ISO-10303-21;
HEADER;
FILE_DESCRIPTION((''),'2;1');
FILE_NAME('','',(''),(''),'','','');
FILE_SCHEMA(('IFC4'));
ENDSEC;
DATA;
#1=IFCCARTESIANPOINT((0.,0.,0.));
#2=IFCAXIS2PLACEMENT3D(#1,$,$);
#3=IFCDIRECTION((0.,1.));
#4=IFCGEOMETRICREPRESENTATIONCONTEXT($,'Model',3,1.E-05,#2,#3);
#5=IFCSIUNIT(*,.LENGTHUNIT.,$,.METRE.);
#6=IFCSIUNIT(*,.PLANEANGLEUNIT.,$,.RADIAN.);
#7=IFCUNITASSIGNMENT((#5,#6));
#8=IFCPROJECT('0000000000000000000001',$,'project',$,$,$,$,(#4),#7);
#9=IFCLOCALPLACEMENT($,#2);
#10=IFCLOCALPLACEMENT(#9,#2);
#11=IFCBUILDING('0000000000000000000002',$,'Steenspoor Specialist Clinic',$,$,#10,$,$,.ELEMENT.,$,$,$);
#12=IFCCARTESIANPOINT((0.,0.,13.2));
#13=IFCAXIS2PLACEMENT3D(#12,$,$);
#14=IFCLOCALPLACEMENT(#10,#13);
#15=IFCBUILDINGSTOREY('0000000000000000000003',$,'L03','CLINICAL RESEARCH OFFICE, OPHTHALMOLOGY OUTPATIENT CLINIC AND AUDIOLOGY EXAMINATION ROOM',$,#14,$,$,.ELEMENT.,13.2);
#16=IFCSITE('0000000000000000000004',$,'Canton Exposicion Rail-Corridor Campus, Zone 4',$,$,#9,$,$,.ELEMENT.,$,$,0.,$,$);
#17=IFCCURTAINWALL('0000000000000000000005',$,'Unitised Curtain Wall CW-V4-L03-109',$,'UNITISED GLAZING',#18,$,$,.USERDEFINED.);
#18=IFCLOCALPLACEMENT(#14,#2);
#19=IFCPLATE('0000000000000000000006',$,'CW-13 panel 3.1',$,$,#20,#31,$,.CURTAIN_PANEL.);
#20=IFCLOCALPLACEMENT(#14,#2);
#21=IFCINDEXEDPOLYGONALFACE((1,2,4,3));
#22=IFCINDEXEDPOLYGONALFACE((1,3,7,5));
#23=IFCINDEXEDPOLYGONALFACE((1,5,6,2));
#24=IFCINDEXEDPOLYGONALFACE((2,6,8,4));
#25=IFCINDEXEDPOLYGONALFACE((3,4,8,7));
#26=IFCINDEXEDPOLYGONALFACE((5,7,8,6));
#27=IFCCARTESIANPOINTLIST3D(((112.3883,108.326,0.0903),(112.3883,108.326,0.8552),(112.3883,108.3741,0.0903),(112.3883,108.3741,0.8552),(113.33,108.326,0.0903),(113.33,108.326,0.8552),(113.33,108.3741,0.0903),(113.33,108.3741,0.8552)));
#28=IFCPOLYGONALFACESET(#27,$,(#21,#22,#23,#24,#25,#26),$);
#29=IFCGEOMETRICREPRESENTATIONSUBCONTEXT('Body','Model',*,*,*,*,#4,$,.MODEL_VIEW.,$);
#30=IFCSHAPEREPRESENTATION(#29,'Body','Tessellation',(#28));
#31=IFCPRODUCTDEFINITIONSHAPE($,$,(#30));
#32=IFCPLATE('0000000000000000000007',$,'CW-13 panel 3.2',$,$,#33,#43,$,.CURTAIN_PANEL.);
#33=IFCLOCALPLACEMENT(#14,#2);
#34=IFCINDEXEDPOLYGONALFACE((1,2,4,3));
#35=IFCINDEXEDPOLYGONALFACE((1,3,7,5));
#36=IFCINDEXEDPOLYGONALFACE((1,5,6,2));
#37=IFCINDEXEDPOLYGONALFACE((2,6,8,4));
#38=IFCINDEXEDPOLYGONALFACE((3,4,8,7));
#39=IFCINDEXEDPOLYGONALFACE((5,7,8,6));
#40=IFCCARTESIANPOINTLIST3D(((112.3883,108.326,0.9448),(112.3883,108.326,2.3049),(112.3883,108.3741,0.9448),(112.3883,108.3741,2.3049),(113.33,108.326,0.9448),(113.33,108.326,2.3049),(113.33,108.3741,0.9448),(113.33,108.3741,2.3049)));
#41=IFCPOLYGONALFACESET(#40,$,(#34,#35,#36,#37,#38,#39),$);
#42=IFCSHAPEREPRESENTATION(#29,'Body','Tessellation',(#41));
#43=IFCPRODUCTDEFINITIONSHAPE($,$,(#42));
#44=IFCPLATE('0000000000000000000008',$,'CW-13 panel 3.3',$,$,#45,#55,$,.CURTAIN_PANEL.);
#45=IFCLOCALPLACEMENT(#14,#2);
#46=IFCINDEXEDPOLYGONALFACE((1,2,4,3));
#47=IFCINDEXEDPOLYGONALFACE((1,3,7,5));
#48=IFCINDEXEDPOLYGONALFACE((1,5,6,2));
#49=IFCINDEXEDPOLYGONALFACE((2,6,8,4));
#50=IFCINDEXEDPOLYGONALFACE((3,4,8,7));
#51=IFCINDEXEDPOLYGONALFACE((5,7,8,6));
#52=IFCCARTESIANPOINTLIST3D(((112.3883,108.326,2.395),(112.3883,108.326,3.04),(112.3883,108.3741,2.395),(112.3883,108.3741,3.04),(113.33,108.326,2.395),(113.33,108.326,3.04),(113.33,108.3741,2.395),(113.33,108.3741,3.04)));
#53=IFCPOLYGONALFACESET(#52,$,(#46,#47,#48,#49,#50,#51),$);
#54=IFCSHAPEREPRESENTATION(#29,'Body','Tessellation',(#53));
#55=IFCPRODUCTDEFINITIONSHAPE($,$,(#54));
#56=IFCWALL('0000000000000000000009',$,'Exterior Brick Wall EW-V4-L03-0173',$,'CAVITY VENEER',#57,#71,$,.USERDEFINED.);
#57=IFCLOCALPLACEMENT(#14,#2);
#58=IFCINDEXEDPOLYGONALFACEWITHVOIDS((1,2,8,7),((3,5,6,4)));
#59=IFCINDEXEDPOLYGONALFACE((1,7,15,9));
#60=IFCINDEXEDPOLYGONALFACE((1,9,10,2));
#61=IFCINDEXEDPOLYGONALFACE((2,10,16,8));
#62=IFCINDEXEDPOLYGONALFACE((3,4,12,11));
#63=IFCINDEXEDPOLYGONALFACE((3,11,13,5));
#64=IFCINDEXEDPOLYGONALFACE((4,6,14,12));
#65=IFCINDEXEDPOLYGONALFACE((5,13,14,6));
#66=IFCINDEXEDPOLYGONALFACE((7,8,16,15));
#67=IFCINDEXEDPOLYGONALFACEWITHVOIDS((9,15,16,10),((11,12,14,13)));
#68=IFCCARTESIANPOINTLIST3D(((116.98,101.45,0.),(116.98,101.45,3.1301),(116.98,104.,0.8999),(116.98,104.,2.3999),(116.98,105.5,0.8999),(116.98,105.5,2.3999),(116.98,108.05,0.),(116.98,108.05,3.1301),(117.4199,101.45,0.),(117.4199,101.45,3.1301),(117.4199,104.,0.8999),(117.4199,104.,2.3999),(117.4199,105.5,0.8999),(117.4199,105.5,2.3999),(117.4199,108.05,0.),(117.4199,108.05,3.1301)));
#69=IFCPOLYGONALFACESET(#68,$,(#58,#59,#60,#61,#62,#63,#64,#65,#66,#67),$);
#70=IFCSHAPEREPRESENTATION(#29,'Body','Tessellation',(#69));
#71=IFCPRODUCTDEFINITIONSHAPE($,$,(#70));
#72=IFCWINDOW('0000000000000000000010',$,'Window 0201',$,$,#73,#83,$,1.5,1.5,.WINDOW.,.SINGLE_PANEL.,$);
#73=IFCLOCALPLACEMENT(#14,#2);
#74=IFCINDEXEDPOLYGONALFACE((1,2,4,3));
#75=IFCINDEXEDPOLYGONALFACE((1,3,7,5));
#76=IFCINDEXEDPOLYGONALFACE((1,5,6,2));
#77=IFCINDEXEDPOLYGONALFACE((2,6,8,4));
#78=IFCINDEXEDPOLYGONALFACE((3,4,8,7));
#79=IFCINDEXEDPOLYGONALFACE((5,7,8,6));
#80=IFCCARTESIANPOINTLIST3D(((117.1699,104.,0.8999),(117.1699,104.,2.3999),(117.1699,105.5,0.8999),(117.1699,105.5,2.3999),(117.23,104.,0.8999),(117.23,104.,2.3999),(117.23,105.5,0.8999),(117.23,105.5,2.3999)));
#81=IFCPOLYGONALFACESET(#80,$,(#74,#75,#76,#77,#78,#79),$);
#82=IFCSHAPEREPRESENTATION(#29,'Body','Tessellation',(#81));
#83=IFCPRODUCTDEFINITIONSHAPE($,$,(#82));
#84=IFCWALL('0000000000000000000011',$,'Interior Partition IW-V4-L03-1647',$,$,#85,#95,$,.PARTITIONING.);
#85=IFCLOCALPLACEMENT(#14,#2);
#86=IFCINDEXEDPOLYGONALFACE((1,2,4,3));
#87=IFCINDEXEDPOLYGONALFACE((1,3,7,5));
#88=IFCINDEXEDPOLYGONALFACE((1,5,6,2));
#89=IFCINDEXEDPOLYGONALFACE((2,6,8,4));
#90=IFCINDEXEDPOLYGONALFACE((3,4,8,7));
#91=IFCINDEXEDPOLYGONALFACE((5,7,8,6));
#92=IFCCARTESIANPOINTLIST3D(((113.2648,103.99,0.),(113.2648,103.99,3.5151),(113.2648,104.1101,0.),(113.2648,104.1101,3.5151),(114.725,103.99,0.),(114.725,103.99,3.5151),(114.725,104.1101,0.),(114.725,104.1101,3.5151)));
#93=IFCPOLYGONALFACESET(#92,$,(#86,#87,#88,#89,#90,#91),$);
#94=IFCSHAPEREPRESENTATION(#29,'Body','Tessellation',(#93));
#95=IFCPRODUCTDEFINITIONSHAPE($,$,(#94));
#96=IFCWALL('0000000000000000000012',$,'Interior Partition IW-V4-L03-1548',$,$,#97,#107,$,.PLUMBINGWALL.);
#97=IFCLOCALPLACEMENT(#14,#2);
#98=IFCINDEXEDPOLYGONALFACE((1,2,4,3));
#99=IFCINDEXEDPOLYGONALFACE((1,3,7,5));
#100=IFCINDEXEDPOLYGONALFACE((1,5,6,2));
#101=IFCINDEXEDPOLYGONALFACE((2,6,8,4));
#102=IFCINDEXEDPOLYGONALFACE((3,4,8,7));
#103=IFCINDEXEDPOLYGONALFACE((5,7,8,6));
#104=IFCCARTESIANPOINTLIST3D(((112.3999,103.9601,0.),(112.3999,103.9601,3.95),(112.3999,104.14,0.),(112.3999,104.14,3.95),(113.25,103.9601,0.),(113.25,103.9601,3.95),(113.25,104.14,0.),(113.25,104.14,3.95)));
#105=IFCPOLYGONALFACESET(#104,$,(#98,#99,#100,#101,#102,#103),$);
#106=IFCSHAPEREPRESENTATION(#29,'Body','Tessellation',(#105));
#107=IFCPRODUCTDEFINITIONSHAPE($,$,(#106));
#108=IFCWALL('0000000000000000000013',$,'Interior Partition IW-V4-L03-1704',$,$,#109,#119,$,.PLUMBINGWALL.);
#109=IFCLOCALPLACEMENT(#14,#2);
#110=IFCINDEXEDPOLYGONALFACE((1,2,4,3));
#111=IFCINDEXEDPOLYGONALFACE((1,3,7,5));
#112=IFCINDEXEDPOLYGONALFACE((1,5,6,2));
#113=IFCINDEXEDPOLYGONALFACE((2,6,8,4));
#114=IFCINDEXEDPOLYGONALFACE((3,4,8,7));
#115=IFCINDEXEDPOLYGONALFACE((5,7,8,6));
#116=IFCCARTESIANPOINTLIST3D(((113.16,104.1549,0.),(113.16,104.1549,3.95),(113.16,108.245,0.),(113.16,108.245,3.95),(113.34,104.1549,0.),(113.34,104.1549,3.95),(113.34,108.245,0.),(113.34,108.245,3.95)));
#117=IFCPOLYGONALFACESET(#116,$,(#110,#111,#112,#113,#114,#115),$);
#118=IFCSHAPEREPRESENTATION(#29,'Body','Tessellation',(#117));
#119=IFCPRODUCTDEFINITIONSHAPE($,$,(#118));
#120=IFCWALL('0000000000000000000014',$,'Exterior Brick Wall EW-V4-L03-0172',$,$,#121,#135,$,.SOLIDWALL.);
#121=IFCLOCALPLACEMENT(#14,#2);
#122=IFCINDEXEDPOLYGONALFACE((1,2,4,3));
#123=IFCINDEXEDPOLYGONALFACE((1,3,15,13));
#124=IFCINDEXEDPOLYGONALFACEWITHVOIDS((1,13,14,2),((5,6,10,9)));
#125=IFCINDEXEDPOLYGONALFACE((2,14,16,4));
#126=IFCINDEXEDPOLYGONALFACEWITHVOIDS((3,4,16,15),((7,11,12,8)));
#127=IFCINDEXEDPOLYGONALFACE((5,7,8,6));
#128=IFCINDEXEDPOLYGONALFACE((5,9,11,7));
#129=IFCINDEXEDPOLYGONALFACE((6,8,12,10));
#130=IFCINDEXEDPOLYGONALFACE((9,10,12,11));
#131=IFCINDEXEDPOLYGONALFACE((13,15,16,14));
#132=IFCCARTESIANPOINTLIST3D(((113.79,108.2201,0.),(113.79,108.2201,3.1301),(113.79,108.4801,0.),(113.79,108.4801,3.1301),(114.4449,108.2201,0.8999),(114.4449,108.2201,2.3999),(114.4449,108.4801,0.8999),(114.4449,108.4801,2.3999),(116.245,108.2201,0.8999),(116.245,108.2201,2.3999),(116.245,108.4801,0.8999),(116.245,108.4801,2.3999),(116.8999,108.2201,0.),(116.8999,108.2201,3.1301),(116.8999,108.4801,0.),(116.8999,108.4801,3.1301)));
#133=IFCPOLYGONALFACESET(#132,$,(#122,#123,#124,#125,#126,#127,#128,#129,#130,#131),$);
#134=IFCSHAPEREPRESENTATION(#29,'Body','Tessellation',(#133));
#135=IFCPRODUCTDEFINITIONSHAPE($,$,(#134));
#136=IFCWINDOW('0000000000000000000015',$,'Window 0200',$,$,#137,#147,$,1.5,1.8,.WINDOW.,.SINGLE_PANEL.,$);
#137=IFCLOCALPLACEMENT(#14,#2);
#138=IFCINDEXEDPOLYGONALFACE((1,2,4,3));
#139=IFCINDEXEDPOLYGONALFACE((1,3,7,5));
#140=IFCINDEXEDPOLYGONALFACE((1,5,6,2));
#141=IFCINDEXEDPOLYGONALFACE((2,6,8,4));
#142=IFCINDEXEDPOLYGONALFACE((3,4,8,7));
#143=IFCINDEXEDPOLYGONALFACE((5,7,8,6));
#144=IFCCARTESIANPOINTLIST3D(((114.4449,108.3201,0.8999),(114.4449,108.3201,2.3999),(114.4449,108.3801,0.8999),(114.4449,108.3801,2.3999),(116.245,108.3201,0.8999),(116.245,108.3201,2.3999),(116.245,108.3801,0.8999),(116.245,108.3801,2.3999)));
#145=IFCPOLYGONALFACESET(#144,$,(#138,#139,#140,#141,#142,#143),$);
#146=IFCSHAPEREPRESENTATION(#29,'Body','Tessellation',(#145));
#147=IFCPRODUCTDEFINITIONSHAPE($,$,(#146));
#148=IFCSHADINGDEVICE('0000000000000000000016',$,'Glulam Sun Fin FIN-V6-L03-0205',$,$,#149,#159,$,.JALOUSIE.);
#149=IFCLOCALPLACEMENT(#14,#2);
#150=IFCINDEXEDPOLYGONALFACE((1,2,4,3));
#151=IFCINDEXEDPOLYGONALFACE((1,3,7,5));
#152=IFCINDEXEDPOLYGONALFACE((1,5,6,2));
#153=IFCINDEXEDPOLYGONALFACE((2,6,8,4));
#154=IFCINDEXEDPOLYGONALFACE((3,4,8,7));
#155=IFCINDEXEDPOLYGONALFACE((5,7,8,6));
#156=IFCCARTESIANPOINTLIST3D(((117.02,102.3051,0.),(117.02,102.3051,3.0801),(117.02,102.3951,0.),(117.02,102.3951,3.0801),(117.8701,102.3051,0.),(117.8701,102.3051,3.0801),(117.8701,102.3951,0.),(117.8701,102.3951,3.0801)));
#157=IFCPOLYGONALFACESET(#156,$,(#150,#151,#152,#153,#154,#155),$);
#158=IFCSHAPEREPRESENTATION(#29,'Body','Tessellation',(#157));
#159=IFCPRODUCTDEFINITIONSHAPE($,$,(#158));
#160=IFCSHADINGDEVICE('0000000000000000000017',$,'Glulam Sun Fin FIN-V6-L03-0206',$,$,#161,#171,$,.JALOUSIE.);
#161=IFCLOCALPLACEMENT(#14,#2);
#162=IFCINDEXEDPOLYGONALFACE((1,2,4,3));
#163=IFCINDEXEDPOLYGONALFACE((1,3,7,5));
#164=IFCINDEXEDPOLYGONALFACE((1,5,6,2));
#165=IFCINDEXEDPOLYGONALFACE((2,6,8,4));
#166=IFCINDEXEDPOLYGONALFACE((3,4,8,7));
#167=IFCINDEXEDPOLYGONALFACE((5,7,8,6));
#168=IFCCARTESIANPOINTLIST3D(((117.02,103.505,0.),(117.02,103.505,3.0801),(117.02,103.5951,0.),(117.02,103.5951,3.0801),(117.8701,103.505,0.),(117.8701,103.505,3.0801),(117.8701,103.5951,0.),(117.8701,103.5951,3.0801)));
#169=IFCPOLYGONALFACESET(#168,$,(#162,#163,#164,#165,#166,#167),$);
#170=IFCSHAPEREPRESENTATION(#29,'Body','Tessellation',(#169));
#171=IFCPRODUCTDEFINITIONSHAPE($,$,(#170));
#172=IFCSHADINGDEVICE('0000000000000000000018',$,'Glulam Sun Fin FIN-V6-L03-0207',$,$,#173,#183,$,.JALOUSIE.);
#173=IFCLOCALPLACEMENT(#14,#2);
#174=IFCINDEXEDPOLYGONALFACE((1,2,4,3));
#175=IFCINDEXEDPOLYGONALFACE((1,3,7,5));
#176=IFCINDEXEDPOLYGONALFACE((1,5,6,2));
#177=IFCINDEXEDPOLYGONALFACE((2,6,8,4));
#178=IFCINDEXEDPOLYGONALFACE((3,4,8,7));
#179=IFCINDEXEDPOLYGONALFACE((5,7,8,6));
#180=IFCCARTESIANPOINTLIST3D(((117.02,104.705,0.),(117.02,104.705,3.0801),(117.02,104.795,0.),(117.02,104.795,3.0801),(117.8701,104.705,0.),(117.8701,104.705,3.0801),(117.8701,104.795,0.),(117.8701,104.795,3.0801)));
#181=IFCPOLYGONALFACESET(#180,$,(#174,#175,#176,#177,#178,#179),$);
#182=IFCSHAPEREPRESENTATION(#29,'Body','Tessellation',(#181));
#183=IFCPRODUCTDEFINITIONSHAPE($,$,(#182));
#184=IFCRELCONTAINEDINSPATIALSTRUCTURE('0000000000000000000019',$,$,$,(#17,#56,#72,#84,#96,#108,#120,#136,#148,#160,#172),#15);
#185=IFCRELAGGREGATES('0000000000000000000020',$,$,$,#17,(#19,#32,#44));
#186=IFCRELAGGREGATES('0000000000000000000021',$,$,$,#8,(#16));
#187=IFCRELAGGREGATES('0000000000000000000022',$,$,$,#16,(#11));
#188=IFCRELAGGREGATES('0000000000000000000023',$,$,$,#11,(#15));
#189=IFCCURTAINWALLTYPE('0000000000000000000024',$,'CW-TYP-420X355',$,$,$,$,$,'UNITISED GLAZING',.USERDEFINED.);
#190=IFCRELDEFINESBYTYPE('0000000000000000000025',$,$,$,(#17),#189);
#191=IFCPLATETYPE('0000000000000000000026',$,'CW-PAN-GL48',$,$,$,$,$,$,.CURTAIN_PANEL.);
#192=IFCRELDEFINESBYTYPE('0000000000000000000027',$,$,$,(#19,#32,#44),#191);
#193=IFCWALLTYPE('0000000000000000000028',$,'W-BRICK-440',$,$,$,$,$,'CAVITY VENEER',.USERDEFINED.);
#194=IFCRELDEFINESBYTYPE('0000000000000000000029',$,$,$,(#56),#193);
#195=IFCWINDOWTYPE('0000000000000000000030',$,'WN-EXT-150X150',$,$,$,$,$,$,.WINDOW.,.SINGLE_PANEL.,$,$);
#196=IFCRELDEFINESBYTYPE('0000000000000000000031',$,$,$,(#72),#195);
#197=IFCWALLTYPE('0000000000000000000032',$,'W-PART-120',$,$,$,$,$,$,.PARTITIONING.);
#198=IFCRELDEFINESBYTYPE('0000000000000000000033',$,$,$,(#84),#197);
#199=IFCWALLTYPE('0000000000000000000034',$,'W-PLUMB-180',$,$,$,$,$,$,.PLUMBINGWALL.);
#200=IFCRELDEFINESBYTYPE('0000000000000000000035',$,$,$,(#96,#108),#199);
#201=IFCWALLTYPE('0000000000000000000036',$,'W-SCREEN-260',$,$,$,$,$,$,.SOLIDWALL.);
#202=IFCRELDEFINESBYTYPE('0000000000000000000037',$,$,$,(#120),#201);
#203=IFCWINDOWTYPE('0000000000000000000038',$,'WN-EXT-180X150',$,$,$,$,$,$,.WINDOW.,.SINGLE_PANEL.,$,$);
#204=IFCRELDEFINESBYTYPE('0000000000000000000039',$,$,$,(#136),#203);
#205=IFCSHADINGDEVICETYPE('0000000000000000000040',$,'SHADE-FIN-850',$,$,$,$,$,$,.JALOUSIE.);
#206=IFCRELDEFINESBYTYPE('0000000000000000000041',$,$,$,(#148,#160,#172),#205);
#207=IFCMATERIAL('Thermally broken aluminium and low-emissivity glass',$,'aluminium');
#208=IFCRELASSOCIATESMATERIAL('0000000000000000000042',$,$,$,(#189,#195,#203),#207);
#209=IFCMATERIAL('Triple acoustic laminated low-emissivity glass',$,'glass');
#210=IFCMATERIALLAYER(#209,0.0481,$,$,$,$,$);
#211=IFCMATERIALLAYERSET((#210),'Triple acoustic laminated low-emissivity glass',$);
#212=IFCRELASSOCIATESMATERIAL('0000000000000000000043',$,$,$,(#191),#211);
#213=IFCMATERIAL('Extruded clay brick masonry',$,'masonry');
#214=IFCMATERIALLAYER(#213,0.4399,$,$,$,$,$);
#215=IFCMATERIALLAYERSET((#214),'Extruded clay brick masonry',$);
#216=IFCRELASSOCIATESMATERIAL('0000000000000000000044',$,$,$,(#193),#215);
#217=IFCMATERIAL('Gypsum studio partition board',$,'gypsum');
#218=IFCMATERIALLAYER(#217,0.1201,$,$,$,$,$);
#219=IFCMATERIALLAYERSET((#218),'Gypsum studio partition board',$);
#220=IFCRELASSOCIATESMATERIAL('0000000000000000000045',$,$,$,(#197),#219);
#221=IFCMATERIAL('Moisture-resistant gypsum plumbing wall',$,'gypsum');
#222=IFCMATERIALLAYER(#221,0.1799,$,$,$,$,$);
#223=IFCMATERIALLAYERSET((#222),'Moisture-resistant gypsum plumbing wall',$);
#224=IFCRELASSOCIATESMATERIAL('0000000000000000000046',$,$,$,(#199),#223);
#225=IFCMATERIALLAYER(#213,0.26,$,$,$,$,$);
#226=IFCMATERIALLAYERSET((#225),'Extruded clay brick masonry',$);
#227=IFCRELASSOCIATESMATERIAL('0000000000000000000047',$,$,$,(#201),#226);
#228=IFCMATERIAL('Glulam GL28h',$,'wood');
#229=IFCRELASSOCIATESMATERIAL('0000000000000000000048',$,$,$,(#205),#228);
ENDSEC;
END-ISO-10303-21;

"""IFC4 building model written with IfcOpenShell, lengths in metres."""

from ifc_helpers import new_model, si_unit, direction, frame, frame_2d, origin, origin_2d, place, context, subcontext, project, spatial, rectangle, extrude, material, layer, layer_set, material_profile, profile_set, type_object, element, fill, aggregate, save


model = new_model("IFC4")

# Units and contexts
model_context = context("Model", 3, precision=1e-05, world=origin(), true_north=direction((0.0, 1.0)))
body_context = subcontext(model_context, "Body", "Model", "MODEL_VIEW")
ifc_project = project(units=[si_unit("LENGTHUNIT", "METRE"), si_unit("PLANEANGLEUNIT", "RADIAN")], contexts=[model_context])

# Site, building, storey
site_placement = place(None, origin())
site = spatial("IfcSite", under=ifc_project, at=site_placement, Name="Canton Exposicion Rail-Corridor Campus, Zone 4", CompositionType="ELEMENT", RefElevation=0.0)
building_placement = place(site_placement, origin())
building = spatial("IfcBuilding", under=site, at=building_placement, Name="Steenspoor Specialist Clinic", CompositionType="ELEMENT")
storey_placement = place(building_placement, frame((0.0, 0.0, 13.2)))
storey = spatial("IfcBuildingStorey", under=building, at=storey_placement, Name="L03", Description="CLINICAL RESEARCH OFFICE, OPHTHALMOLOGY OUTPATIENT CLINIC AND AUDIOLOGY EXAMINATION ROOM", CompositionType="ELEMENT", Elevation=13.2)

# Curtain wall
ifc_material_1 = material(Name="Thermally broken aluminium and low-emissivity glass", Category="aluminium")
curtain_wall_type = type_object("IfcCurtainWallType", Name="CW-TYP-420X355", ElementType="UNITISED GLAZING", PredefinedType="USERDEFINED", material=ifc_material_1)
curtain_wall_placement = place(storey_placement, origin())
curtain_wall = element("IfcCurtainWall", 1, at=curtain_wall_placement, inside=storey, type_object=curtain_wall_type, Name="Unitised Curtain Wall CW-V4-L03-109", ObjectType="UNITISED GLAZING", PredefinedType="USERDEFINED")

# Plates
ifc_material_2 = material(Name="Triple acoustic laminated low-emissivity glass", Category="glass")
ifc_layer_1 = layer(ifc_material_2, 0.0481)
ifc_layer_set_1 = layer_set([ifc_layer_1], Name="Triple acoustic laminated low-emissivity glass")
plate_type = type_object("IfcPlateType", Name="CW-PAN-GL48", PredefinedType="CURTAIN_PANEL", material=ifc_layer_set_1)
plate_1_placement = place(storey_placement, frame((112.8591, 108.3501, 0.0903), z_axis=(0.0, 0.0, 1.0), x_axis=(1.0, 0.0, 0.0)))
plate_1 = element("IfcPlate", 2, at=plate_1_placement, type_object=plate_type, Name="CW-13 panel 3.1", PredefinedType="CURTAIN_PANEL", context=body_context, shape_type="SweptSolid", body=[
    extrude(rectangle(XDim=0.9417, YDim=0.0481, at=origin_2d()), origin(), (0.0, 0.0, 1.0), 0.7649),
])
plate_2_placement = place(storey_placement, frame((112.8591, 108.3501, 0.9448), z_axis=(0.0, 0.0, 1.0), x_axis=(1.0, 0.0, 0.0)))
plate_2 = element("IfcPlate", 3, at=plate_2_placement, type_object=plate_type, Name="CW-13 panel 3.2", PredefinedType="CURTAIN_PANEL", context=body_context, shape_type="SweptSolid", body=[
    extrude(rectangle(XDim=0.9417, YDim=0.0481, at=origin_2d()), origin(), (0.0, 0.0, 1.0), 1.3601),
])
plate_3_placement = place(storey_placement, frame((112.8591, 108.3501, 2.395), z_axis=(0.0, 0.0, 1.0), x_axis=(1.0, 0.0, 0.0)))
plate_3 = element("IfcPlate", 4, at=plate_3_placement, type_object=plate_type, Name="CW-13 panel 3.3", PredefinedType="CURTAIN_PANEL", context=body_context, shape_type="SweptSolid", body=[
    extrude(rectangle(XDim=0.9417, YDim=0.0481, at=origin_2d()), origin(), (0.0, 0.0, 1.0), 0.645),
])
aggregate(curtain_wall, [plate_1, plate_2, plate_3])

# Wall, opening, window
ifc_material_3 = material(Name="Extruded clay brick masonry", Category="masonry")
ifc_layer_2 = layer(ifc_material_3, 0.4399)
ifc_layer_set_2 = layer_set([ifc_layer_2], Name="Extruded clay brick masonry")
wall_type_1 = type_object("IfcWallType", Name="W-BRICK-440", ElementType="CAVITY VENEER", PredefinedType="USERDEFINED", material=ifc_layer_set_2)
wall_1_placement = place(storey_placement, frame((117.2, 108.05, 0.0), z_axis=(0.0, 0.0, 1.0), x_axis=(0.0, -1.0, 0.0)))
wall_1 = element("IfcWall", 5, at=wall_1_placement, inside=storey, type_object=wall_type_1, Name="Exterior Brick Wall EW-V4-L03-0173", ObjectType="CAVITY VENEER", PredefinedType="USERDEFINED", context=body_context, shape_type="SweptSolid", body=[
    extrude(rectangle(XDim=6.6001, YDim=0.4399, at=frame_2d((3.3, 0.0))), origin(), (0.0, 0.0, 1.0), 3.1301),
])
opening_1_placement = place(wall_1_placement, frame((2.55, 0.0, 0.8999)))
opening_1 = element("IfcOpeningElement", 6, at=opening_1_placement, cuts=wall_1, PredefinedType="OPENING", context=body_context, shape_type="SweptSolid", body=[
    extrude(rectangle(XDim=1.5, YDim=1.5, at=frame_2d((0.75, 0.75))), frame((0.0, 0.23, 0.0), z_axis=(0.0, -1.0, 0.0), x_axis=(1.0, 0.0, 0.0)), (0.0, 0.0, 1.0), 0.46),
])
window_type_1 = type_object("IfcWindowType", Name="WN-EXT-150X150", PartitioningType="SINGLE_PANEL", PredefinedType="WINDOW", material=ifc_material_1)
window_1_placement = place(opening_1_placement, origin())
window_1 = element("IfcWindow", 7, at=window_1_placement, inside=storey, type_object=window_type_1, Name="Window 0201", OverallHeight=1.5, OverallWidth=1.5, PartitioningType="SINGLE_PANEL", PredefinedType="WINDOW", context=body_context, shape_type="SweptSolid", body=[
    extrude(rectangle(XDim=1.5, YDim=1.5, at=frame_2d((0.75, 0.75))), frame((0.0, 0.03, 0.0), z_axis=(0.0, -1.0, 0.0), x_axis=(1.0, 0.0, 0.0)), (0.0, 0.0, 1.0), 0.0601),
])
fill(opening_1, window_1)

# Walls
ifc_material_4 = material(Name="Gypsum studio partition board", Category="gypsum")
ifc_layer_3 = layer(ifc_material_4, 0.1201)
ifc_layer_set_3 = layer_set([ifc_layer_3], Name="Gypsum studio partition board")
wall_type_2 = type_object("IfcWallType", Name="W-PART-120", PredefinedType="PARTITIONING", material=ifc_layer_set_3)
wall_2_placement = place(storey_placement, frame((113.2649, 104.05, 0.0), z_axis=(0.0, 0.0, 1.0), x_axis=(1.0, 0.0, 0.0)))
element("IfcWall", 8, at=wall_2_placement, inside=storey, type_object=wall_type_2, Name="Interior Partition IW-V4-L03-1647", PredefinedType="PARTITIONING", context=body_context, shape_type="SweptSolid", body=[
    extrude(rectangle(XDim=1.4602, YDim=0.1201, at=frame_2d((0.73, 0.0))), origin(), (0.0, 0.0, 1.0), 3.5151),
])
ifc_material_5 = material(Name="Moisture-resistant gypsum plumbing wall", Category="gypsum")
ifc_layer_4 = layer(ifc_material_5, 0.1799)
ifc_layer_set_4 = layer_set([ifc_layer_4], Name="Moisture-resistant gypsum plumbing wall")
wall_type_3 = type_object("IfcWallType", Name="W-PLUMB-180", PredefinedType="PLUMBINGWALL", material=ifc_layer_set_4)
wall_3_placement = place(storey_placement, frame((112.3999, 104.05, 0.0), z_axis=(0.0, 0.0, 1.0), x_axis=(1.0, 0.0, 0.0)))
element("IfcWall", 9, at=wall_3_placement, inside=storey, type_object=wall_type_3, Name="Interior Partition IW-V4-L03-1548", PredefinedType="PLUMBINGWALL", context=body_context, shape_type="SweptSolid", body=[
    extrude(rectangle(XDim=0.8501, YDim=0.1799, at=frame_2d((0.425, 0.0))), origin(), (0.0, 0.0, 1.0), 3.95),
])
wall_4_placement = place(storey_placement, frame((113.25, 104.155, 0.0), z_axis=(0.0, 0.0, 1.0), x_axis=(0.0, 1.0, 0.0)))
element("IfcWall", 10, at=wall_4_placement, inside=storey, type_object=wall_type_3, Name="Interior Partition IW-V4-L03-1704", PredefinedType="PLUMBINGWALL", context=body_context, shape_type="SweptSolid", body=[
    extrude(rectangle(XDim=4.0901, YDim=0.1799, at=frame_2d((2.0449, 0.0))), origin(), (0.0, 0.0, 1.0), 3.95),
])

# Wall, opening, window
ifc_layer_5 = layer(ifc_material_3, 0.26)
ifc_layer_set_5 = layer_set([ifc_layer_5], Name="Extruded clay brick masonry")
wall_type_4 = type_object("IfcWallType", Name="W-SCREEN-260", PredefinedType="SOLIDWALL", material=ifc_layer_set_5)
wall_5_placement = place(storey_placement, frame((113.79, 108.3501, 0.0), z_axis=(0.0, 0.0, 1.0), x_axis=(1.0, 0.0, 0.0)))
wall_5 = element("IfcWall", 11, at=wall_5_placement, inside=storey, type_object=wall_type_4, Name="Exterior Brick Wall EW-V4-L03-0172", PredefinedType="SOLIDWALL", context=body_context, shape_type="SweptSolid", body=[
    extrude(rectangle(XDim=3.1099, YDim=0.26, at=frame_2d((1.5549, 0.0))), origin(), (0.0, 0.0, 1.0), 3.1301),
])
opening_2_placement = place(wall_5_placement, frame((0.655, 0.0, 0.8999)))
opening_2 = element("IfcOpeningElement", 12, at=opening_2_placement, cuts=wall_5, PredefinedType="OPENING", context=body_context, shape_type="SweptSolid", body=[
    extrude(rectangle(XDim=1.8, YDim=1.5, at=frame_2d((0.8999, 0.75))), frame((0.0, 0.1401, 0.0), z_axis=(0.0, -1.0, 0.0), x_axis=(1.0, 0.0, 0.0)), (0.0, 0.0, 1.0), 0.28),
])
window_type_2 = type_object("IfcWindowType", Name="WN-EXT-180X150", PartitioningType="SINGLE_PANEL", PredefinedType="WINDOW", material=ifc_material_1)
window_2_placement = place(opening_2_placement, origin())
window_2 = element("IfcWindow", 13, at=window_2_placement, inside=storey, type_object=window_type_2, Name="Window 0200", OverallHeight=1.5, OverallWidth=1.8, PartitioningType="SINGLE_PANEL", PredefinedType="WINDOW", context=body_context, shape_type="SweptSolid", body=[
    extrude(rectangle(XDim=1.8, YDim=1.5, at=frame_2d((0.8999, 0.75))), frame((0.0, 0.03, 0.0), z_axis=(0.0, -1.0, 0.0), x_axis=(1.0, 0.0, 0.0)), (0.0, 0.0, 1.0), 0.0601),
])
fill(opening_2, window_2)

# Shading devices
ifc_material_6 = material(Name="Glulam GL28h", Category="wood")
ifc_material_profile_1 = material_profile(ifc_material_6, rectangle(XDim=0.0901, YDim=0.8501, at=origin_2d()), Name="GL28H-90X850")
ifc_profile_set_1 = profile_set([ifc_material_profile_1], Name="Glulam GL28h")
shading_device_type = type_object("IfcShadingDeviceType", Name="SHADE-FIN-850", PredefinedType="JALOUSIE", material=ifc_profile_set_1)
for number, where, z_axis, x_axis, name in (
    (14, (117.4451, 102.3501, 0.0), (0.0, 0.0, 1.0), (0.0, 1.0, 0.0), "Glulam Sun Fin FIN-V6-L03-0205"),
    (15, (117.4451, 103.55, 0.0), (0.0, 0.0, 1.0), (0.0, 1.0, 0.0), "Glulam Sun Fin FIN-V6-L03-0206"),
    (16, (117.4451, 104.75, 0.0), (0.0, 0.0, 1.0), (0.0, 1.0, 0.0), "Glulam Sun Fin FIN-V6-L03-0207"),
):
    element("IfcShadingDevice", number, at=place(storey_placement, frame(where, z_axis=z_axis, x_axis=x_axis)), inside=storey, type_object=shading_device_type, Name=name, PredefinedType="JALOUSIE", context=body_context, shape_type="SweptSolid", body=[
        extrude(rectangle(XDim=0.0901, YDim=0.8501, at=origin_2d()), origin(), (0.0, 0.0, 1.0), 3.0801),
    ])

save(model, "model.ifc")
